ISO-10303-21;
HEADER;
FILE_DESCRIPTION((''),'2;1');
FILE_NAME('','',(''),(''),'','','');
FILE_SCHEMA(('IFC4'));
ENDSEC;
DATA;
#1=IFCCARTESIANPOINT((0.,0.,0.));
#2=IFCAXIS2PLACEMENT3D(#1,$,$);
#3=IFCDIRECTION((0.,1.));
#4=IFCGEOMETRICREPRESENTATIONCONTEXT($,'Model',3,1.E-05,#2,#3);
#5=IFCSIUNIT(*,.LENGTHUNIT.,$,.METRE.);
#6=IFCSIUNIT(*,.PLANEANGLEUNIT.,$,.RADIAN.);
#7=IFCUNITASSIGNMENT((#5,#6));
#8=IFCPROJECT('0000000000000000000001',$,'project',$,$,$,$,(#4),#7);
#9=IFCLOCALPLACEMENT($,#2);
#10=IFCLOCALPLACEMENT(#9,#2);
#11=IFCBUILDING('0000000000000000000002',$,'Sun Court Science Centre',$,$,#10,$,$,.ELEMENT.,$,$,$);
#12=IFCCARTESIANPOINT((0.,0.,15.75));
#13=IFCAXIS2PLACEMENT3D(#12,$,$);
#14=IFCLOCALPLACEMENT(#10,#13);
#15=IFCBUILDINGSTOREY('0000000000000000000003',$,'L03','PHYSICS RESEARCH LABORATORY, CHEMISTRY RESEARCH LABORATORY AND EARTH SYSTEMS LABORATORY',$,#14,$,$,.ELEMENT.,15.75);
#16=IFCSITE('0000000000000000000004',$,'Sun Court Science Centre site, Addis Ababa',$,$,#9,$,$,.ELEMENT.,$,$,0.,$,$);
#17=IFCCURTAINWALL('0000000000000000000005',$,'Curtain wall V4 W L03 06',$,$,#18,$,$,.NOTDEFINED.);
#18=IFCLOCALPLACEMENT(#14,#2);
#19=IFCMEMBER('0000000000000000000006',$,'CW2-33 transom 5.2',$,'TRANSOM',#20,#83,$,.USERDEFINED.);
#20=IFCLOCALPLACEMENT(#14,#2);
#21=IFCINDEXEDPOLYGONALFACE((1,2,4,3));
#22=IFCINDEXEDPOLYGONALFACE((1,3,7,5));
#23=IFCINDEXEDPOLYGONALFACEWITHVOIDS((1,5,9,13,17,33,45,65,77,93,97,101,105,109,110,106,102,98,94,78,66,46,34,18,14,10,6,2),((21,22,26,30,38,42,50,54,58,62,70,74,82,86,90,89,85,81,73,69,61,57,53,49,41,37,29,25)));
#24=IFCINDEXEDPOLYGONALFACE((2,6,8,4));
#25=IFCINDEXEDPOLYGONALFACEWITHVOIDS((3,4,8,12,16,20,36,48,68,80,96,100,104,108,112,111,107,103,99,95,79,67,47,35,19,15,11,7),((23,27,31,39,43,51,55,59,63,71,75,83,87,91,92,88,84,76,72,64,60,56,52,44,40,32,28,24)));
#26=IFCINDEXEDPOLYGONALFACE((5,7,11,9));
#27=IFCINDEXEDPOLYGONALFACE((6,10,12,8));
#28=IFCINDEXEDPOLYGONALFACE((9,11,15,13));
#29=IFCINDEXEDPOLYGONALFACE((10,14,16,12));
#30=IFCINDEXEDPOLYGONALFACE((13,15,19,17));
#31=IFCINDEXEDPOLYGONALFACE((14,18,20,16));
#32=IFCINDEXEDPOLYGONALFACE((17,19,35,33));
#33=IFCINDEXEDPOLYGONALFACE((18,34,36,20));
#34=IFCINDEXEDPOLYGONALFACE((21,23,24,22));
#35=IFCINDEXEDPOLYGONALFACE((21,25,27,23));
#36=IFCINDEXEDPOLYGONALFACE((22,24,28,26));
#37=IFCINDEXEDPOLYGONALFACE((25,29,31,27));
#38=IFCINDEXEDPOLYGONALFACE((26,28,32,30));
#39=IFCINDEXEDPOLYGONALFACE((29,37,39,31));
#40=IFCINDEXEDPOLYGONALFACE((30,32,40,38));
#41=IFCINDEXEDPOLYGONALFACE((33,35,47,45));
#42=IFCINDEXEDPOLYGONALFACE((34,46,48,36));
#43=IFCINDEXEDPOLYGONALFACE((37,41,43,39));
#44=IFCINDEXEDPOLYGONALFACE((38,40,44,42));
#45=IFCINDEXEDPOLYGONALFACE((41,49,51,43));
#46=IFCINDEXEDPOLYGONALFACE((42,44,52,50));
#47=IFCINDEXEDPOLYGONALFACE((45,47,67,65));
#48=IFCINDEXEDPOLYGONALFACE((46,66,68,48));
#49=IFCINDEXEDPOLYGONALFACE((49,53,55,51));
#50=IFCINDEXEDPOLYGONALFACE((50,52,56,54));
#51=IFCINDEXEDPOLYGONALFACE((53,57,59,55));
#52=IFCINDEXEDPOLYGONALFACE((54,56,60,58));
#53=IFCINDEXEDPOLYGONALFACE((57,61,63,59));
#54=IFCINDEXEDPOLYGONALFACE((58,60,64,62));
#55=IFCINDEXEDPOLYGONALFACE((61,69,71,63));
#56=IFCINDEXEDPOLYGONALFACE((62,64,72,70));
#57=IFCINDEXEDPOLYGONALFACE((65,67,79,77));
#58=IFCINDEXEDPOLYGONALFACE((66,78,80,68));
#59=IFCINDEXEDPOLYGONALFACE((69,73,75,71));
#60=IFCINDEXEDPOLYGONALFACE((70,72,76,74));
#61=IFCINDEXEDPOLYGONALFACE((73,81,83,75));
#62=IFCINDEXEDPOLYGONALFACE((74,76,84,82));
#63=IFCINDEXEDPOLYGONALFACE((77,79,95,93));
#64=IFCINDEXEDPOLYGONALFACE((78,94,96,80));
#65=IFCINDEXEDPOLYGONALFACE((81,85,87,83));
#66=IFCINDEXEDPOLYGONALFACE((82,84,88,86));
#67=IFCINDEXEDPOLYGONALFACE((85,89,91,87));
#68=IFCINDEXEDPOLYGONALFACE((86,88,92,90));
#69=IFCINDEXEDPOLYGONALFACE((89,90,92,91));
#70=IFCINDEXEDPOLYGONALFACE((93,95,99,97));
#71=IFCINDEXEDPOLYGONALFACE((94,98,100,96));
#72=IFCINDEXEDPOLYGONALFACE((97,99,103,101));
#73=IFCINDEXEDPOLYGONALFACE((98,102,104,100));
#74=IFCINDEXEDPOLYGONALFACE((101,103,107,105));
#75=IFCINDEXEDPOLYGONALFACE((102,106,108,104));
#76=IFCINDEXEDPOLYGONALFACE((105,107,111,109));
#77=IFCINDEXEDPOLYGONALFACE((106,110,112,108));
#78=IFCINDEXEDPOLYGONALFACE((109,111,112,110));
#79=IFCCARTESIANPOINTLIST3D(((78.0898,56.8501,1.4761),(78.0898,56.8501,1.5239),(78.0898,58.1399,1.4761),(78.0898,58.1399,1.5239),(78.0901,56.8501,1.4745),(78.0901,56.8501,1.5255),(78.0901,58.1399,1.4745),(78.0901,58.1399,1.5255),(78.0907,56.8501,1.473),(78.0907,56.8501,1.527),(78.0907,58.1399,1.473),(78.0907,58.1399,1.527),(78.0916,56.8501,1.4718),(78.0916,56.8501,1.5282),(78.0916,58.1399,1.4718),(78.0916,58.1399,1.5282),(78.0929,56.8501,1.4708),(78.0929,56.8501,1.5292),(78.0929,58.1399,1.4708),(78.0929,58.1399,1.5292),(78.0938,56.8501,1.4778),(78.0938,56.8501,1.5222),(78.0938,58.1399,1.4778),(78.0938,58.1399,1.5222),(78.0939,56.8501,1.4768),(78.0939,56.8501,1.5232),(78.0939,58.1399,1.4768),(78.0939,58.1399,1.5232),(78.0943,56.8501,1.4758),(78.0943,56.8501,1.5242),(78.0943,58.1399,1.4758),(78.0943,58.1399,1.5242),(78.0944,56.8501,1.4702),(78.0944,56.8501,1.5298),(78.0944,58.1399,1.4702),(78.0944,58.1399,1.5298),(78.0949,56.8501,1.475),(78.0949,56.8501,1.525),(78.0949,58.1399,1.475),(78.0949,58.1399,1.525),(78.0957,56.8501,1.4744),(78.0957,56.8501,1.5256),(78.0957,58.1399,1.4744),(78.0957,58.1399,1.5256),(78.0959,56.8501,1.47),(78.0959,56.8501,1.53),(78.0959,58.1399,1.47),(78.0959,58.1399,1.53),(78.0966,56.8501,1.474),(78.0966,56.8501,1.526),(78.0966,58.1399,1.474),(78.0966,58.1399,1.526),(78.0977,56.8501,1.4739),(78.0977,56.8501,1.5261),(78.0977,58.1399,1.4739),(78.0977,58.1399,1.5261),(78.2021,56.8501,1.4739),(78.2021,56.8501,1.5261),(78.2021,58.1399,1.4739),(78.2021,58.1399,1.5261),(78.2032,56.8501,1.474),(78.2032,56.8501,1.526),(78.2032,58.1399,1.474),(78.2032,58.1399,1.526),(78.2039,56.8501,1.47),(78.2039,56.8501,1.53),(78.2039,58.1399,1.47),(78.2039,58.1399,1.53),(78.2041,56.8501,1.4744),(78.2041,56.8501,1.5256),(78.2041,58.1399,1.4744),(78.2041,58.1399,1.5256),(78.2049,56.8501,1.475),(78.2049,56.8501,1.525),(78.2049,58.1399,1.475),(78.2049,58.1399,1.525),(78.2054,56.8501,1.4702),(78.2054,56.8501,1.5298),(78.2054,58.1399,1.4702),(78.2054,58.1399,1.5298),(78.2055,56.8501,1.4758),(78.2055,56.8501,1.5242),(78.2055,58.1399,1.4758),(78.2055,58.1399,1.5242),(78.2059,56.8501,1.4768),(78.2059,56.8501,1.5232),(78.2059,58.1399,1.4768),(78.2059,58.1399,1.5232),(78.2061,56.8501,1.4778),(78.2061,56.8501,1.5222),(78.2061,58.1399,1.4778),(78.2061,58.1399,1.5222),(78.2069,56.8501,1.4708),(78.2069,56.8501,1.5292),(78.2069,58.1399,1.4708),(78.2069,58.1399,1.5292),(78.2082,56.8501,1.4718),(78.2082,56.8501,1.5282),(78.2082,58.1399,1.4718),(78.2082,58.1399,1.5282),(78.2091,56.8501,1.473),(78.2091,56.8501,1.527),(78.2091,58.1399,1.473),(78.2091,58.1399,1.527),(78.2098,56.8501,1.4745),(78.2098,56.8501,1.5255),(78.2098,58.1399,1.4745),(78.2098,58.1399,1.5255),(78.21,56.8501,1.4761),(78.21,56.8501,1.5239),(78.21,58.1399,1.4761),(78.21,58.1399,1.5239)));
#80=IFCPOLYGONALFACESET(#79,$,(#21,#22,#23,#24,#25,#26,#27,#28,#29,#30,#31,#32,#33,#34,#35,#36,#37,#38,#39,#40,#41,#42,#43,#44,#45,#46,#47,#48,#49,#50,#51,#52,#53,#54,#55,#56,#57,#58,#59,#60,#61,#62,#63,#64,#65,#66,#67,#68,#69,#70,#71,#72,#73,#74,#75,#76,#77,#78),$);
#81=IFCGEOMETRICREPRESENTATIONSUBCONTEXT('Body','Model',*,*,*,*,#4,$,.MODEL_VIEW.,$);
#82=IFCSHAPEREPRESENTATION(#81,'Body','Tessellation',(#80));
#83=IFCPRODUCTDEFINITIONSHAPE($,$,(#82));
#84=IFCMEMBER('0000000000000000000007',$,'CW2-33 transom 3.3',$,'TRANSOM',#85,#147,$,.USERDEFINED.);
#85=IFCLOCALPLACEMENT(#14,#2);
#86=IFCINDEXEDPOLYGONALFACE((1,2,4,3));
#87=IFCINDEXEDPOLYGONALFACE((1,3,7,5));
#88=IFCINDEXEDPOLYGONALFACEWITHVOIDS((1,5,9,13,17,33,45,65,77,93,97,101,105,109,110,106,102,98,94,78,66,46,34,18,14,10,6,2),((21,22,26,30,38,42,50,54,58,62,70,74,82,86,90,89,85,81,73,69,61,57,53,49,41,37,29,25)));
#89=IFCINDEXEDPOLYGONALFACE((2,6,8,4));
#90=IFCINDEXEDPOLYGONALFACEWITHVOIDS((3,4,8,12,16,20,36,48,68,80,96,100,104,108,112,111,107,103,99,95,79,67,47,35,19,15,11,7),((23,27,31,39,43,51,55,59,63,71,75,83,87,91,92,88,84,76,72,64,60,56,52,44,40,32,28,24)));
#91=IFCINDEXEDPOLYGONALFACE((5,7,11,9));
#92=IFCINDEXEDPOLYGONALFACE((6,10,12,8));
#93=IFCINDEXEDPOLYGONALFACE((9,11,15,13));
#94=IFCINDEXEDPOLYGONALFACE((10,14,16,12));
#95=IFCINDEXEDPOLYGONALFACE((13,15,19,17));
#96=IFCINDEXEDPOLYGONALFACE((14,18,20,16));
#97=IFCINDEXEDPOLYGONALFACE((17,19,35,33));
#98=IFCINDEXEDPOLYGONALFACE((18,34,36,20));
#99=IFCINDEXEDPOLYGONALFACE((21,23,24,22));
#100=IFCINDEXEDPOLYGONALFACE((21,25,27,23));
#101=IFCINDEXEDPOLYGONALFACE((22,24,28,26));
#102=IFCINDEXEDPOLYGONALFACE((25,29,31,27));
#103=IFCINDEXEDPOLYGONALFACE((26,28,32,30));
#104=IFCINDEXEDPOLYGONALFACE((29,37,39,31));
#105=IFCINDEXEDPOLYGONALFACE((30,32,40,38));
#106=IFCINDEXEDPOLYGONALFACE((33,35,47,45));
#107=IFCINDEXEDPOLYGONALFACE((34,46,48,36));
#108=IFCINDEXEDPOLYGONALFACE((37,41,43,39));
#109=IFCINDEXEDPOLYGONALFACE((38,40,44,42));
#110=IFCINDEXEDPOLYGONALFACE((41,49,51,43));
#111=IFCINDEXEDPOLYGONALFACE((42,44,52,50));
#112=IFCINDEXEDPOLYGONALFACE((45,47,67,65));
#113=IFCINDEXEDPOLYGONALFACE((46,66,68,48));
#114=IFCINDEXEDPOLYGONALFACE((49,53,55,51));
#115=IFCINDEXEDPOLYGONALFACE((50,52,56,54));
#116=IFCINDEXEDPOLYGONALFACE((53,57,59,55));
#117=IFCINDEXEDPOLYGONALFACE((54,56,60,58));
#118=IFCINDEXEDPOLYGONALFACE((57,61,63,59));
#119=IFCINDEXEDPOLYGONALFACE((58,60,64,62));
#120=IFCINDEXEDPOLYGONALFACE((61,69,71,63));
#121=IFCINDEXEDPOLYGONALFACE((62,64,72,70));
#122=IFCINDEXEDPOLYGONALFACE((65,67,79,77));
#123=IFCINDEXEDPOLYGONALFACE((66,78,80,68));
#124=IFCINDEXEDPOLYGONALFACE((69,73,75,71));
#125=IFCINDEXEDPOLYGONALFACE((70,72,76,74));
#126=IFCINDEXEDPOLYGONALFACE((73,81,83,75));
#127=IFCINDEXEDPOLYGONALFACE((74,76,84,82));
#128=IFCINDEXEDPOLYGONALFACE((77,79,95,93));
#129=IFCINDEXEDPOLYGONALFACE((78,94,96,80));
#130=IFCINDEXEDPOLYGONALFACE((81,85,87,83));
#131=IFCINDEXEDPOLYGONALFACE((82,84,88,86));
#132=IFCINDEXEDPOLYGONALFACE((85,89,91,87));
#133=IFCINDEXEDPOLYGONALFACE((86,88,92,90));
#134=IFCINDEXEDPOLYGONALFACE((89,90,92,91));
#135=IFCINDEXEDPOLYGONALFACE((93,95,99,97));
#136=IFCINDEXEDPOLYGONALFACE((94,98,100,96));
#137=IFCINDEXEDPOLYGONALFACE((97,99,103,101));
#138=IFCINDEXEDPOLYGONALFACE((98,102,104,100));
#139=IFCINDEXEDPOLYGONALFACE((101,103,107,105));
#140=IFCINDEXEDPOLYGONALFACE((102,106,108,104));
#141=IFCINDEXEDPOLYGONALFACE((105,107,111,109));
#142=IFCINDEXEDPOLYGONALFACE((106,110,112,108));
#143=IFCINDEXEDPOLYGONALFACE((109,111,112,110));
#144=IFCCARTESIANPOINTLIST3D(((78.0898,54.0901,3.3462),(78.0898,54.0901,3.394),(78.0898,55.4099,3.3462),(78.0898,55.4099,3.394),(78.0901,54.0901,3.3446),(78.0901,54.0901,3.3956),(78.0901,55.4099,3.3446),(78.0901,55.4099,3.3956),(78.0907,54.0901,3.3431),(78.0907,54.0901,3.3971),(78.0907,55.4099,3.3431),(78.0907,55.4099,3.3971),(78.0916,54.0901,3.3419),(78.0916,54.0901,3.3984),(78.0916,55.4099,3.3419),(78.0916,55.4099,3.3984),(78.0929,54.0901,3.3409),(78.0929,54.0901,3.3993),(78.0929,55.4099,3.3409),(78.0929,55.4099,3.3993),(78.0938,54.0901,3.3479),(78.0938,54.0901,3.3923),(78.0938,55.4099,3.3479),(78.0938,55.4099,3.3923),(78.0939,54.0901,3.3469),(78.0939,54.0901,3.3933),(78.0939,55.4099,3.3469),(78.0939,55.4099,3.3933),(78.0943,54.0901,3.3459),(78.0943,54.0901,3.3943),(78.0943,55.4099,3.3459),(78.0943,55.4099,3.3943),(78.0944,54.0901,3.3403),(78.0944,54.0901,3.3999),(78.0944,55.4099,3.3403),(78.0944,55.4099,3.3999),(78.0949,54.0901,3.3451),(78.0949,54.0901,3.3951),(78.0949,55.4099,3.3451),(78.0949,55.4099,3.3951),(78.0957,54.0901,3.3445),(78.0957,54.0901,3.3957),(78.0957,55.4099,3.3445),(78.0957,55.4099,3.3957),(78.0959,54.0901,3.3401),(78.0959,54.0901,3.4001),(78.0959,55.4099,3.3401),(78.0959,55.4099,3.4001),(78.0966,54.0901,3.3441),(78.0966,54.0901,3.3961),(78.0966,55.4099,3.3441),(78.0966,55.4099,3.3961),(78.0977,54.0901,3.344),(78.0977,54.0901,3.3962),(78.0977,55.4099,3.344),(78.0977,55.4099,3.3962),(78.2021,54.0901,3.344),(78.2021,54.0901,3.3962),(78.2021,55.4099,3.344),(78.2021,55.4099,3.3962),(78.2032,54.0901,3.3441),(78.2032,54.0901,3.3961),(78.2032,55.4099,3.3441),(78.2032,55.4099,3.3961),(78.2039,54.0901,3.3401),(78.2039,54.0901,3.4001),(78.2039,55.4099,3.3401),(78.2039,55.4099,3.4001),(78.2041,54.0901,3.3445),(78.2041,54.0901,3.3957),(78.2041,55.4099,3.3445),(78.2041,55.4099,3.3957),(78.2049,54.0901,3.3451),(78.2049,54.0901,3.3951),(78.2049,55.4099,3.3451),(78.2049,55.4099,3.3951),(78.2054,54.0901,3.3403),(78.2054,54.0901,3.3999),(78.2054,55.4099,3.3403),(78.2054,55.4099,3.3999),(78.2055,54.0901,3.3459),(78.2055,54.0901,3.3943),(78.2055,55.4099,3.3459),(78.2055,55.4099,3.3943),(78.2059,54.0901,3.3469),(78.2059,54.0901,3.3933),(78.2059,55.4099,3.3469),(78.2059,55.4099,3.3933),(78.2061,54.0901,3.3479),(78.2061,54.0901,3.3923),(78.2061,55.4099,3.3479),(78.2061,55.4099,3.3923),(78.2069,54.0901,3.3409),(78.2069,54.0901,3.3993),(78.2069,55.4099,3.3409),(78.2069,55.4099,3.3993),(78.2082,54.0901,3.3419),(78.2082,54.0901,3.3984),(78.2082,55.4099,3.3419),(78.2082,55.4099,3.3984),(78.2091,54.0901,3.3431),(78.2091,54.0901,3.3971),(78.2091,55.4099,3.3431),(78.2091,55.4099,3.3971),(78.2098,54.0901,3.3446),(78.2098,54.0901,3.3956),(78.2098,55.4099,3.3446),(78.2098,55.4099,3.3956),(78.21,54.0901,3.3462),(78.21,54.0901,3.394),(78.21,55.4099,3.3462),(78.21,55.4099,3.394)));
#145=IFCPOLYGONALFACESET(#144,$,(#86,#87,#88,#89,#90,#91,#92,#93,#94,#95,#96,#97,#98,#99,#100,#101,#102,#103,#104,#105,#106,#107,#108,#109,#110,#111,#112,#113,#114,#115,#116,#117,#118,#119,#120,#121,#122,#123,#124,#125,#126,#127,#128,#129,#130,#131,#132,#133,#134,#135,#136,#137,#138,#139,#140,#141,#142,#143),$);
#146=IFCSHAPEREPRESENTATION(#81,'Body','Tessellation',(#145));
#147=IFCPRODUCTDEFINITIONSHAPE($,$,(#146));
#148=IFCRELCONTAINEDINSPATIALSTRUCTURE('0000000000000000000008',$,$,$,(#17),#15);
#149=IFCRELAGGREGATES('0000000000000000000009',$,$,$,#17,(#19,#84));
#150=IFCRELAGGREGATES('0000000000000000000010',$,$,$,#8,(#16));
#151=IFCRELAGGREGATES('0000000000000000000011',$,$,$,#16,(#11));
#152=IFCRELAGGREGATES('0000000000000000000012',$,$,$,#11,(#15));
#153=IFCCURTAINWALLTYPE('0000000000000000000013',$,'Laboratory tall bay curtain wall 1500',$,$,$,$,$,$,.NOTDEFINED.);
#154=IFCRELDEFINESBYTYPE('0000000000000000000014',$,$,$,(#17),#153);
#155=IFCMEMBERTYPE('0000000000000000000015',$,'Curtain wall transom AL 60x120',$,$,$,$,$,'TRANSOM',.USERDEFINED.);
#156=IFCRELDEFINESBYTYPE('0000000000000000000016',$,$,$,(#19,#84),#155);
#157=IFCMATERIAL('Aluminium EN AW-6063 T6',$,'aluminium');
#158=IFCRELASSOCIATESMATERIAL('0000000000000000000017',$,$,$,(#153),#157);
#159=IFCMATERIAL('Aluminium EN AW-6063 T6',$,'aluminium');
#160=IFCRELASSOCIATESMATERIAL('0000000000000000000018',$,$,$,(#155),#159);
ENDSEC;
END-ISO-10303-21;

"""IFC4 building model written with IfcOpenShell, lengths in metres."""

from ifc_helpers import new_model, si_unit, direction, frame, origin, origin_2d, place, context, subcontext, project, spatial, hollow_rectangle, extrude, material, material_profile, profile_set, type_object, element, aggregate, save


model = new_model("IFC4")

# Units and contexts
model_context = context("Model", 3, precision=1e-05, world=origin(), true_north=direction((0.0, 1.0)))
body_context = subcontext(model_context, "Body", "Model", "MODEL_VIEW")
ifc_project = project(units=[si_unit("LENGTHUNIT", "METRE"), si_unit("PLANEANGLEUNIT", "RADIAN")], contexts=[model_context])

# Site, building, storey
site_placement = place(None, origin())
site = spatial("IfcSite", under=ifc_project, at=site_placement, Name="Sun Court Science Centre site, Addis Ababa", CompositionType="ELEMENT", RefElevation=0.0)
building_placement = place(site_placement, origin())
building = spatial("IfcBuilding", under=site, at=building_placement, Name="Sun Court Science Centre", CompositionType="ELEMENT")
storey_placement = place(building_placement, frame((0.0, 0.0, 15.75)))
storey = spatial("IfcBuildingStorey", under=building, at=storey_placement, Name="L03", Description="PHYSICS RESEARCH LABORATORY, CHEMISTRY RESEARCH LABORATORY AND EARTH SYSTEMS LABORATORY", CompositionType="ELEMENT", Elevation=15.75)

# Curtain wall
ifc_material_1 = material(Name="Aluminium EN AW-6063 T6", Category="aluminium")
curtain_wall_type = type_object("IfcCurtainWallType", Name="Laboratory tall bay curtain wall 1500", PredefinedType="NOTDEFINED", material=ifc_material_1)
curtain_wall_1_placement = place(storey_placement, origin())
curtain_wall_1 = element("IfcCurtainWall", 1, at=curtain_wall_1_placement, inside=storey, type_object=curtain_wall_type, Name="Curtain wall V4 W L03 06", PredefinedType="NOTDEFINED")

# Members
ifc_material_2 = material(Name="Aluminium EN AW-6063 T6", Category="aluminium")
ifc_material_profile_1 = material_profile(ifc_material_2, hollow_rectangle(XDim=0.0601, YDim=0.1201, WallThickness=0.0039, InnerFilletRadius=0.0039, OuterFilletRadius=0.0061, at=origin_2d()), Name="AL 60x120x4")
ifc_profile_set_1 = profile_set([ifc_material_profile_1], Name="Aluminium EN AW-6063 T6")
member_type_1 = type_object("IfcMemberType", Name="Curtain wall transom AL 60x120", ElementType="TRANSOM", PredefinedType="USERDEFINED", material=ifc_profile_set_1)
member_1_placement = place(storey_placement, frame((78.1499, 56.8501, 1.5), z_axis=(0.0, 1.0, 0.0), x_axis=(0.0, 0.0, 1.0)))
member_1 = element("IfcMember", 2, at=member_1_placement, type_object=member_type_1, Name="CW2-33 transom 5.2", ObjectType="TRANSOM", PredefinedType="USERDEFINED", context=body_context, shape_type="SweptSolid", body=[
    extrude(hollow_rectangle(XDim=0.0601, YDim=0.1201, WallThickness=0.0039, InnerFilletRadius=0.0039, OuterFilletRadius=0.0061, at=origin_2d()), origin(), (0.0, 0.0, 1.0), 1.2898),
])
member_2_placement = place(storey_placement, frame((78.1499, 54.0901, 3.3701), z_axis=(0.0, 1.0, 0.0), x_axis=(0.0, 0.0, 1.0)))
member_2 = element("IfcMember", 3, at=member_2_placement, type_object=member_type_1, Name="CW2-33 transom 3.3", ObjectType="TRANSOM", PredefinedType="USERDEFINED", context=body_context, shape_type="SweptSolid", body=[
    extrude(hollow_rectangle(XDim=0.0601, YDim=0.1201, WallThickness=0.0039, InnerFilletRadius=0.0039, OuterFilletRadius=0.0061, at=origin_2d()), origin(), (0.0, 0.0, 1.0), 1.3198),
])

aggregate(curtain_wall_1, [member_1, member_2])

save(model, "model.ifc")
